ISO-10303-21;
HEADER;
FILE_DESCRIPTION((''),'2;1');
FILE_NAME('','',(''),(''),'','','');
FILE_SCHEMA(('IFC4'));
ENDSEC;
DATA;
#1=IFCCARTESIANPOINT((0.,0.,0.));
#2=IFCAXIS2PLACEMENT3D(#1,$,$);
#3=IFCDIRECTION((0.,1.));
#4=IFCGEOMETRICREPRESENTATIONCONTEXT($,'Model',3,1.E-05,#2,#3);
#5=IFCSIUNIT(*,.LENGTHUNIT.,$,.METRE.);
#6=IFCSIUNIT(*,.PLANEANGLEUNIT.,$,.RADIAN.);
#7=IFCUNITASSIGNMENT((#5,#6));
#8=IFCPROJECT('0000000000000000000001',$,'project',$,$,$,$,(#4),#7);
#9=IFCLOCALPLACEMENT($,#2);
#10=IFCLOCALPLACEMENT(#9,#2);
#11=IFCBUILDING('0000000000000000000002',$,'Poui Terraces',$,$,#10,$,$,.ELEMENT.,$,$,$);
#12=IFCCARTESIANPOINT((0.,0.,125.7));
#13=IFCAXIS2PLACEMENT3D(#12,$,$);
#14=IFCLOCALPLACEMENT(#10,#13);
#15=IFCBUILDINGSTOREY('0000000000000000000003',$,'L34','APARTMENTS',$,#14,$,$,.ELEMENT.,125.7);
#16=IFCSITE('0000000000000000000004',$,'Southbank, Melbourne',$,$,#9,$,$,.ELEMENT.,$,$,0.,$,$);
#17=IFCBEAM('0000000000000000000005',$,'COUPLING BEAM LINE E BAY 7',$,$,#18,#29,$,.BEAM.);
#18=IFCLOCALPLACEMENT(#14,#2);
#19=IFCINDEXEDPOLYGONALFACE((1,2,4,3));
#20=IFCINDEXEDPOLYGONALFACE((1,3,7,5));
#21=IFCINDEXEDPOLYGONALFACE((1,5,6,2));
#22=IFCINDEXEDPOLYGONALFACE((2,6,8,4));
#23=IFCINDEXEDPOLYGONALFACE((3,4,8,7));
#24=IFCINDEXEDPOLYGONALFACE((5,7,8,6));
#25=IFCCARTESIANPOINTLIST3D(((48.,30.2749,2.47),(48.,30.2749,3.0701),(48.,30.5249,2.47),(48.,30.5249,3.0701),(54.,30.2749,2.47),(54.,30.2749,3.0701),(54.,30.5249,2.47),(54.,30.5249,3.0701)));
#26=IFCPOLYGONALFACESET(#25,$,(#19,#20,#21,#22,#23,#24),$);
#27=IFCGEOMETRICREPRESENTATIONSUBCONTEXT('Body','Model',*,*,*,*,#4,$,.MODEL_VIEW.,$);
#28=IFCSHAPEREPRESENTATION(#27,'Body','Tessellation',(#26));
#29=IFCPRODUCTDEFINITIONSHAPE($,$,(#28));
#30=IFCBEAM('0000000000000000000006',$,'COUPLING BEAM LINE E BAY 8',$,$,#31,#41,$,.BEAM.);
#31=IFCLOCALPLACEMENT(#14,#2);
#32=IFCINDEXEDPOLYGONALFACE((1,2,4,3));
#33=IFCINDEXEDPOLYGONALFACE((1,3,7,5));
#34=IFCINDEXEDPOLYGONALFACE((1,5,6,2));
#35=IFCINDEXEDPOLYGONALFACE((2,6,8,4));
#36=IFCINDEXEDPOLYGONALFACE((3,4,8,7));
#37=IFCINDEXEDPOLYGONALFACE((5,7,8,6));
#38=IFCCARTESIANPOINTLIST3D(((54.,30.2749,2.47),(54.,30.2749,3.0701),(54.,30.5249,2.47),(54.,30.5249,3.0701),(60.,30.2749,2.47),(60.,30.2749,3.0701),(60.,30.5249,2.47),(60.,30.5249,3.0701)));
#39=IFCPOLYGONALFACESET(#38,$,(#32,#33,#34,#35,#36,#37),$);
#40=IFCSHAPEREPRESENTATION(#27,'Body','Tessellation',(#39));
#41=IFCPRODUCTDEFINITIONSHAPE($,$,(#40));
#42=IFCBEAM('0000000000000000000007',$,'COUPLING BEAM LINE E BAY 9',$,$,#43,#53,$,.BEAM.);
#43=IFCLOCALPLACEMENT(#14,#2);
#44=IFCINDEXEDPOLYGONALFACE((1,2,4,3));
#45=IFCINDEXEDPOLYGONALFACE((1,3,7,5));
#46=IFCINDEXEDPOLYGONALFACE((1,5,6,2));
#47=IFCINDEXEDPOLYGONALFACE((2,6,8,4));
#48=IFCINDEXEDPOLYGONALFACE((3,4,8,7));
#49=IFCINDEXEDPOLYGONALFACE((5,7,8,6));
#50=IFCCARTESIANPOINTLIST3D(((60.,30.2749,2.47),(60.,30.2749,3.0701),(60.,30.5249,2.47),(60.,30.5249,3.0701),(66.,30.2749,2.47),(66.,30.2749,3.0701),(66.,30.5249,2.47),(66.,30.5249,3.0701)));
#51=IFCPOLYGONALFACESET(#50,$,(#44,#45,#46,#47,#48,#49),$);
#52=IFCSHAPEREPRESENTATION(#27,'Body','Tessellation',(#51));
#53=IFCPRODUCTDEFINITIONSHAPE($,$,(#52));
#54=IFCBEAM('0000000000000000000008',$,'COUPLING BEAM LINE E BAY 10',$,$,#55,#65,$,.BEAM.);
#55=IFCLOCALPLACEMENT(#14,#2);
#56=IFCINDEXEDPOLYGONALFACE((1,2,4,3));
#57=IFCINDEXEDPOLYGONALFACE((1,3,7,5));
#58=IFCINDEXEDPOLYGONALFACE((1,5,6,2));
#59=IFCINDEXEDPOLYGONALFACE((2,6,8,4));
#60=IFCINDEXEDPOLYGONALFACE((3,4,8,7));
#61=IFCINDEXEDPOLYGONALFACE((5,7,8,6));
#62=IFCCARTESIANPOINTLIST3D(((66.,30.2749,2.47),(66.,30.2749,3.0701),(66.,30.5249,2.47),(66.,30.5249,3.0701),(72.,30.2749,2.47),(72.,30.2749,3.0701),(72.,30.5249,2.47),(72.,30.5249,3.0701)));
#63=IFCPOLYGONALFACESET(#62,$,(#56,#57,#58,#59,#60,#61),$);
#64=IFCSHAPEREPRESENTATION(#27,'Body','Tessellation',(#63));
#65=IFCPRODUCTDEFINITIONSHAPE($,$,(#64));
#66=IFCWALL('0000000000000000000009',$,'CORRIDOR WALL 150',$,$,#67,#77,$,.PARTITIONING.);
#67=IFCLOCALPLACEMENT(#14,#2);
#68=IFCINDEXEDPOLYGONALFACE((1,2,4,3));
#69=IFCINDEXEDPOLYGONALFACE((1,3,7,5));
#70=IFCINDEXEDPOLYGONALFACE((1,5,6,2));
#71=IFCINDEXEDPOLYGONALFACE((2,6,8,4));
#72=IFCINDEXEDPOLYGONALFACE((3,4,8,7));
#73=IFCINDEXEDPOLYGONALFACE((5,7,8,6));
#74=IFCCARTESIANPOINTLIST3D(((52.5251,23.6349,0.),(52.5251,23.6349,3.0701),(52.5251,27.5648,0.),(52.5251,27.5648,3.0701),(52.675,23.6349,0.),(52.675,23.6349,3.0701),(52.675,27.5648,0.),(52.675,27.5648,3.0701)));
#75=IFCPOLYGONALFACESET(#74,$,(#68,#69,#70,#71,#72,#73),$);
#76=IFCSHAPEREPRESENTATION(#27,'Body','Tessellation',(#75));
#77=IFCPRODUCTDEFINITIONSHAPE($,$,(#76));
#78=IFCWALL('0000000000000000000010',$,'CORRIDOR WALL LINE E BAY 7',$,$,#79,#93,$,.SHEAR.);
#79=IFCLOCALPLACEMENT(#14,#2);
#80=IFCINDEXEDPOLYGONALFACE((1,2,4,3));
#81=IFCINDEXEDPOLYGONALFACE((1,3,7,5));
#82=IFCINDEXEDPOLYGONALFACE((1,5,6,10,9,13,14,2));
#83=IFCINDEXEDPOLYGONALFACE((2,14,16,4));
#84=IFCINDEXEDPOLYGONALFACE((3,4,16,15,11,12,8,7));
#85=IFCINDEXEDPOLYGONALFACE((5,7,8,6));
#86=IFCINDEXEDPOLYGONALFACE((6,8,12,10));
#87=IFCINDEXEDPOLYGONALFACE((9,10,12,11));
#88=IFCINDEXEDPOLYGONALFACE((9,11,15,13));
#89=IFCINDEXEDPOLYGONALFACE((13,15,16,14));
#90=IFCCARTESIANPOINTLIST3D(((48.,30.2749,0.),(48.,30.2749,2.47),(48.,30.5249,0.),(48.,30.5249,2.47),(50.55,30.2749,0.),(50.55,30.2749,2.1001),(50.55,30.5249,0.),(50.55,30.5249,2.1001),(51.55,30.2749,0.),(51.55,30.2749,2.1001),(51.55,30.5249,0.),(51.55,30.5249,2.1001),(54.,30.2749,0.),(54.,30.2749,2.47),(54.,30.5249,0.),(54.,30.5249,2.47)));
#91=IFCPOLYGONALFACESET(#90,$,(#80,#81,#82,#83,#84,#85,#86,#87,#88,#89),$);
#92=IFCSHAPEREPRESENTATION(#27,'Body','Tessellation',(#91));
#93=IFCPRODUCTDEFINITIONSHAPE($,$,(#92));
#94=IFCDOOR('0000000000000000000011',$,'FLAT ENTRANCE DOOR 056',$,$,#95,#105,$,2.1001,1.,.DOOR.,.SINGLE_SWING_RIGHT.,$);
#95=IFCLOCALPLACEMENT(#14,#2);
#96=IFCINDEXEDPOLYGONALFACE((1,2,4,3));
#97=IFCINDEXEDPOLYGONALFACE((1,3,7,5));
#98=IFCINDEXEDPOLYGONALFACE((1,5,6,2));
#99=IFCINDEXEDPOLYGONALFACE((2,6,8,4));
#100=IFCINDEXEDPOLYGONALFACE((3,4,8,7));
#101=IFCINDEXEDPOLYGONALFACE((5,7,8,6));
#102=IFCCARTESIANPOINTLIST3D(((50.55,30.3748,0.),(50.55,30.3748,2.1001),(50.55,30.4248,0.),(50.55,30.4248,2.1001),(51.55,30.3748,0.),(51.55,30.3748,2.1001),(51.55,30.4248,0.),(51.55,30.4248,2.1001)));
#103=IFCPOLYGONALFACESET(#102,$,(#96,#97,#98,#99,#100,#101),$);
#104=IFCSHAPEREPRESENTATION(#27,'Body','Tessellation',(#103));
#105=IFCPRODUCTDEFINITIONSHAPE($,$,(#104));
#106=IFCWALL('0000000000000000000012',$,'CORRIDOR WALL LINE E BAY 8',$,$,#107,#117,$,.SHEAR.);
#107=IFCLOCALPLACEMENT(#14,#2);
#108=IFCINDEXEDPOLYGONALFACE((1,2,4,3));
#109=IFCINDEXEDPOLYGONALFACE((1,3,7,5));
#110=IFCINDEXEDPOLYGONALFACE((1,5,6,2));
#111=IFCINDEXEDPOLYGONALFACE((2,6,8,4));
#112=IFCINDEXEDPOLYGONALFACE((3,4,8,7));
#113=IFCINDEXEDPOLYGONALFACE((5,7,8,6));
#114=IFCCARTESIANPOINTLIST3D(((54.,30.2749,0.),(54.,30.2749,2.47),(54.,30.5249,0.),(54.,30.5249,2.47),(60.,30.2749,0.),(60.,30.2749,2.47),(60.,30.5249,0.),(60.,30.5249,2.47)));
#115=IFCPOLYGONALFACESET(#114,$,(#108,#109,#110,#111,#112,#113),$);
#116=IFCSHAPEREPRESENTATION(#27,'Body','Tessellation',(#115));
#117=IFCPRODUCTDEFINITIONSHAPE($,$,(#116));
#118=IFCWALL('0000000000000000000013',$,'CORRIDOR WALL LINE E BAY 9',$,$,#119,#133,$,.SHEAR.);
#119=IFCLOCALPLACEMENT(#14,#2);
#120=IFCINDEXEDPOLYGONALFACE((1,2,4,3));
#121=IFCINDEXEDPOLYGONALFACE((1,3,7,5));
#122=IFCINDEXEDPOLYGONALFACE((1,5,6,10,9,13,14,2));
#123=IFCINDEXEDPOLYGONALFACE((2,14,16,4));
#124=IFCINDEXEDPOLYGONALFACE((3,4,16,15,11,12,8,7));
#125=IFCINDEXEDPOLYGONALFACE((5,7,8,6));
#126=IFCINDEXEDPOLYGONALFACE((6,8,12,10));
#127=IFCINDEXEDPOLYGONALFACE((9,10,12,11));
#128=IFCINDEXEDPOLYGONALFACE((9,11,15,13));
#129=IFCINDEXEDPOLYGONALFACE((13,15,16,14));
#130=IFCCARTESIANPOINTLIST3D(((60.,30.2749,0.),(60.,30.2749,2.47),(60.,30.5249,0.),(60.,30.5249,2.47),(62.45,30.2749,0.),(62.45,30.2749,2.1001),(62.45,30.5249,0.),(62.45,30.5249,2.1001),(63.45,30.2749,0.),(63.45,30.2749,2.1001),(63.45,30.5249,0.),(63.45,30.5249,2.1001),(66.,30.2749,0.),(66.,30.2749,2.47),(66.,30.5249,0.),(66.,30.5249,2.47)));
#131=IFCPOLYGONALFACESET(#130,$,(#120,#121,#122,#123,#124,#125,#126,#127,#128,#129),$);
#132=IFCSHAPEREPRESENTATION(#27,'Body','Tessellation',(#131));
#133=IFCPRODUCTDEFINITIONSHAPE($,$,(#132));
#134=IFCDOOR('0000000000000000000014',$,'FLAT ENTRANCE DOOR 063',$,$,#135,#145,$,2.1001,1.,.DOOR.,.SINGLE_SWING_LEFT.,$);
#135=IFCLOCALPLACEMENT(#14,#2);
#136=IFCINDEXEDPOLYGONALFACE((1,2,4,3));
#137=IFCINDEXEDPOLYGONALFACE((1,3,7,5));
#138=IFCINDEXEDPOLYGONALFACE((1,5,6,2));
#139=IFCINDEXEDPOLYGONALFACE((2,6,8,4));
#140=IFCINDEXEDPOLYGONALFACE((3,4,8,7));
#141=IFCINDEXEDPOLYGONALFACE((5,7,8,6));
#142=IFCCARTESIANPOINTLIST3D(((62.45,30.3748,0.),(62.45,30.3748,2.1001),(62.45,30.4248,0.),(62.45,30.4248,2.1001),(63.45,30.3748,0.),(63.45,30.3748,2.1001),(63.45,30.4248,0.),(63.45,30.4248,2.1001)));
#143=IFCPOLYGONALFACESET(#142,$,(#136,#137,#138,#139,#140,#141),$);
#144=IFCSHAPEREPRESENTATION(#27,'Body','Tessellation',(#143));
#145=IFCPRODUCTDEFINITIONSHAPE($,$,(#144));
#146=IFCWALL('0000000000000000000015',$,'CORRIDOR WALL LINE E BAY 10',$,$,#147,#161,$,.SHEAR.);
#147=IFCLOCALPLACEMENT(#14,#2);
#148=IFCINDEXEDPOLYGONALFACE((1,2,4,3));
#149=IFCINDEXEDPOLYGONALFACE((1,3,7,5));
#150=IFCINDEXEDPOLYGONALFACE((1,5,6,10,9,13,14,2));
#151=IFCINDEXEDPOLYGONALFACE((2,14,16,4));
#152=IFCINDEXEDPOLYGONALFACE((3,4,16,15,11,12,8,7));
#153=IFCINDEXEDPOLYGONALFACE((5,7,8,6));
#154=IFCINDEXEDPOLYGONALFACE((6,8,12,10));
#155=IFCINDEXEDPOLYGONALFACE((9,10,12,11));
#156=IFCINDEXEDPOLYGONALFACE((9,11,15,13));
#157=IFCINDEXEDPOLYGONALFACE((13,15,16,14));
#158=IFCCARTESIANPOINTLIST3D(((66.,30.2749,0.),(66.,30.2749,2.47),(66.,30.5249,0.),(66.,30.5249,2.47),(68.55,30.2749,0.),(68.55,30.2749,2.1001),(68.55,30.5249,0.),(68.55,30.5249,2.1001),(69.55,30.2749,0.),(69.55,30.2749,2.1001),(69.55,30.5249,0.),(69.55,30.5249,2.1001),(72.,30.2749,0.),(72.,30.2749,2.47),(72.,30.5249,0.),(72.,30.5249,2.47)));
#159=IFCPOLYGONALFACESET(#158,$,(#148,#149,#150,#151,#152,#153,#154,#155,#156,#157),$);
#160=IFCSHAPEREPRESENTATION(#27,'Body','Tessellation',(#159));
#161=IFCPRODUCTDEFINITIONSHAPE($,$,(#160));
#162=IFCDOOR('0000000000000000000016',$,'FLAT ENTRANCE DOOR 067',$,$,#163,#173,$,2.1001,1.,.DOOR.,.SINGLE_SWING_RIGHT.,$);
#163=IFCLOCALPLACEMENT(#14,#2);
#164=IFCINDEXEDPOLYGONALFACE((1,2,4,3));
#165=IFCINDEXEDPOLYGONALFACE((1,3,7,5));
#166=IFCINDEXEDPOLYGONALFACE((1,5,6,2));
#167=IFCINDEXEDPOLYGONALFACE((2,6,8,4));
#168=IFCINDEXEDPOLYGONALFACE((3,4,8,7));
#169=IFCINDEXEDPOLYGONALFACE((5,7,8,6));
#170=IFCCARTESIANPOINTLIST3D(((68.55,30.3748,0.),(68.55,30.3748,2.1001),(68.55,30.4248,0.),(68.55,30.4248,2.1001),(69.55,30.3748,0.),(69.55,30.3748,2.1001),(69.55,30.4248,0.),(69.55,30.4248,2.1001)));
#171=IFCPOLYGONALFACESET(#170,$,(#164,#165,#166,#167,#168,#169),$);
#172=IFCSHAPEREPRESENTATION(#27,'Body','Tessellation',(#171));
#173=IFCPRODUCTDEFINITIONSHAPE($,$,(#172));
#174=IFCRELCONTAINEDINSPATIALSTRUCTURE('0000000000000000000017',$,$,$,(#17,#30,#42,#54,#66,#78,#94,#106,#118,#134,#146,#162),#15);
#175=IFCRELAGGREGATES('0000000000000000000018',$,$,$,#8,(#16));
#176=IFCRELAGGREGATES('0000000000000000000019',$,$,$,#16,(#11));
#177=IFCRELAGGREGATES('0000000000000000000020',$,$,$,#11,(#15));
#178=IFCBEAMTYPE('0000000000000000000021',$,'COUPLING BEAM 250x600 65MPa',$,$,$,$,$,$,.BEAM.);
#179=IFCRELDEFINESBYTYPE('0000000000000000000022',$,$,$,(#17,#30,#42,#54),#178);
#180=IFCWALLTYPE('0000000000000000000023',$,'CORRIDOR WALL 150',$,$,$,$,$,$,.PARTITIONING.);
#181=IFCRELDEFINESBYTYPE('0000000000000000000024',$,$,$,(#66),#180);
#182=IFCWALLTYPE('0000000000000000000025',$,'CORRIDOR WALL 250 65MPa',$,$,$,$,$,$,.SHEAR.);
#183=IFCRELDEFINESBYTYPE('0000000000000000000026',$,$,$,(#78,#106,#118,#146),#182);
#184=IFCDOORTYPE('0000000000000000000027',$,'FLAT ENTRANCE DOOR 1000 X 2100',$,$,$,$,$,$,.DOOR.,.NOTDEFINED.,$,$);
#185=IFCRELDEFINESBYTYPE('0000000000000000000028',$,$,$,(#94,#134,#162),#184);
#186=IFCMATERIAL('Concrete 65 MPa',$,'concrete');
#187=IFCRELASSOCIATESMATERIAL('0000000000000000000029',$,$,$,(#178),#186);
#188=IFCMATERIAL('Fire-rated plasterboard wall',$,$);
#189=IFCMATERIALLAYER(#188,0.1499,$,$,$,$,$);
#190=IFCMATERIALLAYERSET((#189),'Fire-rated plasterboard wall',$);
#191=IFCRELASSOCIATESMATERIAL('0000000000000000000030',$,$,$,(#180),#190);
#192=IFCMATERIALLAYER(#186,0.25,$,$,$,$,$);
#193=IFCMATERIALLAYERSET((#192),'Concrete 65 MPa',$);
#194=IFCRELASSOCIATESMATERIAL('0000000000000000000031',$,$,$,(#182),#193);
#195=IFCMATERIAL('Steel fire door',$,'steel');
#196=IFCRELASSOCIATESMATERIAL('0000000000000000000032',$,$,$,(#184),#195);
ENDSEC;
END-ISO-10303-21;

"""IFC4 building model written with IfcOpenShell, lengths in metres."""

from ifc_helpers import new_model, si_unit, direction, frame, frame_2d, origin, origin_2d, place, context, subcontext, project, spatial, rectangle, extrude, source, transform, mapped, material, layer, layer_set, material_profile, profile_set, type_object, element, fill, save


model = new_model("IFC4")

# Units and contexts
model_context = context("Model", 3, precision=1e-05, world=origin(), true_north=direction((0.0, 1.0)))
body_context = subcontext(model_context, "Body", "Model", "MODEL_VIEW")
ifc_project = project(units=[si_unit("LENGTHUNIT", "METRE"), si_unit("PLANEANGLEUNIT", "RADIAN")], contexts=[model_context])

# Site, building, storey
site_placement = place(None, origin())
site = spatial("IfcSite", under=ifc_project, at=site_placement, Name="Southbank, Melbourne", CompositionType="ELEMENT", RefElevation=0.0)
building_placement = place(site_placement, origin())
building = spatial("IfcBuilding", under=site, at=building_placement, Name="Poui Terraces", CompositionType="ELEMENT")
storey_placement = place(building_placement, frame((0.0, 0.0, 125.7)))
storey = spatial("IfcBuildingStorey", under=building, at=storey_placement, Name="L34", Description="APARTMENTS", CompositionType="ELEMENT", Elevation=125.7)

# Beams
ifc_material_1 = material(Name="Concrete 65 MPa", Category="concrete")
ifc_material_profile = material_profile(ifc_material_1, rectangle(XDim=0.25, YDim=0.6001, at=origin_2d()), Name="RC 250x600")
ifc_profile_set = profile_set([ifc_material_profile], Name="Concrete 65 MPa")
beam_type = type_object("IfcBeamType", Name="COUPLING BEAM 250x600 65MPa", PredefinedType="BEAM", material=ifc_profile_set)
shared_shape = source(origin(), body_context, "Body", "SweptSolid", [
    extrude(rectangle(XDim=0.25, YDim=0.6001, at=origin_2d()), origin(), (0.0, 0.0, 1.0), 6.0),
])
for number, where, z_axis, x_axis, name in (
    (1, (48.0, 30.3999, 2.77), (1.0, 0.0, 0.0), (0.0, 1.0, 0.0), "COUPLING BEAM LINE E BAY 7"),
    (2, (54.0, 30.3999, 2.77), (1.0, 0.0, 0.0), (0.0, 1.0, 0.0), "COUPLING BEAM LINE E BAY 8"),
    (3, (60.0, 30.3999, 2.77), (1.0, 0.0, 0.0), (0.0, 1.0, 0.0), "COUPLING BEAM LINE E BAY 9"),
    (4, (66.0, 30.3999, 2.77), (1.0, 0.0, 0.0), (0.0, 1.0, 0.0), "COUPLING BEAM LINE E BAY 10"),
):
    element("IfcBeam", number, at=place(storey_placement, frame(where, z_axis=z_axis, x_axis=x_axis)), inside=storey, type_object=beam_type, Name=name, PredefinedType="BEAM", context=body_context, shape_type="MappedRepresentation", body=[
        mapped(shared_shape, transform((0.0, 0.0, 0.0))),
    ])

# Wall
ifc_material_2 = material(Name="Fire-rated plasterboard wall")
ifc_layer_1 = layer(ifc_material_2, 0.1499)
ifc_layer_set_1 = layer_set([ifc_layer_1], Name="Fire-rated plasterboard wall")
wall_type_1 = type_object("IfcWallType", Name="CORRIDOR WALL 150", PredefinedType="PARTITIONING", material=ifc_layer_set_1)
wall_1_placement = place(storey_placement, frame((52.6001, 23.635, 0.0), z_axis=(0.0, 0.0, 1.0), x_axis=(0.0, 1.0, 0.0)))
element("IfcWall", 5, at=wall_1_placement, inside=storey, type_object=wall_type_1, Name="CORRIDOR WALL 150", PredefinedType="PARTITIONING", context=body_context, shape_type="SweptSolid", body=[
    extrude(rectangle(XDim=3.9299, YDim=0.1499, at=frame_2d((1.9648, 0.0))), origin(), (0.0, 0.0, 1.0), 3.0701),
])

# Wall, opening, door
ifc_layer_2 = layer(ifc_material_1, 0.25)
ifc_layer_set_2 = layer_set([ifc_layer_2], Name="Concrete 65 MPa")
wall_type_2 = type_object("IfcWallType", Name="CORRIDOR WALL 250 65MPa", PredefinedType="SHEAR", material=ifc_layer_set_2)
wall_2_placement = place(storey_placement, frame((48.0, 30.3999, 0.0), z_axis=(0.0, 0.0, 1.0), x_axis=(1.0, 0.0, 0.0)))
wall_2 = element("IfcWall", 6, at=wall_2_placement, inside=storey, type_object=wall_type_2, Name="CORRIDOR WALL LINE E BAY 7", PredefinedType="SHEAR", context=body_context, shape_type="SweptSolid", body=[
    extrude(rectangle(XDim=6.0, YDim=0.25, at=frame_2d((3.0, 0.0))), origin(), (0.0, 0.0, 1.0), 2.47),
])
opening_1_placement = place(wall_2_placement, frame((2.55, 0.0, 0.0)))
opening_1 = element("IfcOpeningElement", 7, at=opening_1_placement, cuts=wall_2, PredefinedType="OPENING", context=body_context, shape_type="SweptSolid", body=[
    extrude(rectangle(XDim=1.0, YDim=2.1001, at=frame_2d((0.5, 1.05))), frame((0.0, 0.135, 0.0), z_axis=(0.0, -1.0, 0.0), x_axis=(1.0, 0.0, 0.0)), (0.0, 0.0, 1.0), 0.27),
])
ifc_material_3 = material(Name="Steel fire door", Category="steel")
door_type_1 = type_object("IfcDoorType", Name="FLAT ENTRANCE DOOR 1000 X 2100", OperationType="NOTDEFINED", PredefinedType="DOOR", material=ifc_material_3)
door_1_placement = place(opening_1_placement, origin())
door_1 = element("IfcDoor", 8, at=door_1_placement, inside=storey, type_object=door_type_1, Name="FLAT ENTRANCE DOOR 056", OperationType="SINGLE_SWING_RIGHT", OverallHeight=2.1001, OverallWidth=1.0, PredefinedType="DOOR", context=body_context, shape_type="SweptSolid", body=[
    extrude(rectangle(XDim=1.0, YDim=2.1001, at=frame_2d((0.5, 1.05))), frame((0.0, 0.0249, 0.0), z_axis=(0.0, -1.0, 0.0), x_axis=(1.0, 0.0, 0.0)), (0.0, 0.0, 1.0), 0.05),
])
fill(opening_1, door_1)

# Wall
wall_3_placement = place(storey_placement, frame((54.0, 30.3999, 0.0), z_axis=(0.0, 0.0, 1.0), x_axis=(1.0, 0.0, 0.0)))
element("IfcWall", 9, at=wall_3_placement, inside=storey, type_object=wall_type_2, Name="CORRIDOR WALL LINE E BAY 8", PredefinedType="SHEAR", context=body_context, shape_type="SweptSolid", body=[
    extrude(rectangle(XDim=6.0, YDim=0.25, at=frame_2d((3.0, 0.0))), origin(), (0.0, 0.0, 1.0), 2.47),
])

# Walls, openings, doors
wall_4_placement = place(storey_placement, frame((60.0, 30.3999, 0.0), z_axis=(0.0, 0.0, 1.0), x_axis=(1.0, 0.0, 0.0)))
wall_4 = element("IfcWall", 10, at=wall_4_placement, inside=storey, type_object=wall_type_2, Name="CORRIDOR WALL LINE E BAY 9", PredefinedType="SHEAR", context=body_context, shape_type="SweptSolid", body=[
    extrude(rectangle(XDim=6.0, YDim=0.25, at=frame_2d((3.0, 0.0))), origin(), (0.0, 0.0, 1.0), 2.47),
])
opening_2_placement = place(wall_4_placement, frame((2.45, 0.0, 0.0)))
opening_2 = element("IfcOpeningElement", 11, at=opening_2_placement, cuts=wall_4, PredefinedType="OPENING", context=body_context, shape_type="SweptSolid", body=[
    extrude(rectangle(XDim=1.0, YDim=2.1001, at=frame_2d((0.5, 1.05))), frame((0.0, 0.135, 0.0), z_axis=(0.0, -1.0, 0.0), x_axis=(1.0, 0.0, 0.0)), (0.0, 0.0, 1.0), 0.27),
])
door_2_placement = place(opening_2_placement, origin())
door_2 = element("IfcDoor", 12, at=door_2_placement, inside=storey, type_object=door_type_1, Name="FLAT ENTRANCE DOOR 063", OperationType="SINGLE_SWING_LEFT", OverallHeight=2.1001, OverallWidth=1.0, PredefinedType="DOOR", context=body_context, shape_type="SweptSolid", body=[
    extrude(rectangle(XDim=1.0, YDim=2.1001, at=frame_2d((0.5, 1.05))), frame((0.0, 0.0249, 0.0), z_axis=(0.0, -1.0, 0.0), x_axis=(1.0, 0.0, 0.0)), (0.0, 0.0, 1.0), 0.05),
])
fill(opening_2, door_2)
wall_5_placement = place(storey_placement, frame((66.0, 30.3999, 0.0), z_axis=(0.0, 0.0, 1.0), x_axis=(1.0, 0.0, 0.0)))
wall_5 = element("IfcWall", 13, at=wall_5_placement, inside=storey, type_object=wall_type_2, Name="CORRIDOR WALL LINE E BAY 10", PredefinedType="SHEAR", context=body_context, shape_type="SweptSolid", body=[
    extrude(rectangle(XDim=6.0, YDim=0.25, at=frame_2d((3.0, 0.0))), origin(), (0.0, 0.0, 1.0), 2.47),
])
opening_3_placement = place(wall_5_placement, frame((2.55, 0.0, 0.0)))
opening_3 = element("IfcOpeningElement", 14, at=opening_3_placement, cuts=wall_5, PredefinedType="OPENING", context=body_context, shape_type="SweptSolid", body=[
    extrude(rectangle(XDim=1.0, YDim=2.1001, at=frame_2d((0.5, 1.05))), frame((0.0, 0.135, 0.0), z_axis=(0.0, -1.0, 0.0), x_axis=(1.0, 0.0, 0.0)), (0.0, 0.0, 1.0), 0.27),
])
door_3_placement = place(opening_3_placement, origin())
door_3 = element("IfcDoor", 15, at=door_3_placement, inside=storey, type_object=door_type_1, Name="FLAT ENTRANCE DOOR 067", OperationType="SINGLE_SWING_RIGHT", OverallHeight=2.1001, OverallWidth=1.0, PredefinedType="DOOR", context=body_context, shape_type="SweptSolid", body=[
    extrude(rectangle(XDim=1.0, YDim=2.1001, at=frame_2d((0.5, 1.05))), frame((0.0, 0.0249, 0.0), z_axis=(0.0, -1.0, 0.0), x_axis=(1.0, 0.0, 0.0)), (0.0, 0.0, 1.0), 0.05),
])
fill(opening_3, door_3)

save(model, "model.ifc")
